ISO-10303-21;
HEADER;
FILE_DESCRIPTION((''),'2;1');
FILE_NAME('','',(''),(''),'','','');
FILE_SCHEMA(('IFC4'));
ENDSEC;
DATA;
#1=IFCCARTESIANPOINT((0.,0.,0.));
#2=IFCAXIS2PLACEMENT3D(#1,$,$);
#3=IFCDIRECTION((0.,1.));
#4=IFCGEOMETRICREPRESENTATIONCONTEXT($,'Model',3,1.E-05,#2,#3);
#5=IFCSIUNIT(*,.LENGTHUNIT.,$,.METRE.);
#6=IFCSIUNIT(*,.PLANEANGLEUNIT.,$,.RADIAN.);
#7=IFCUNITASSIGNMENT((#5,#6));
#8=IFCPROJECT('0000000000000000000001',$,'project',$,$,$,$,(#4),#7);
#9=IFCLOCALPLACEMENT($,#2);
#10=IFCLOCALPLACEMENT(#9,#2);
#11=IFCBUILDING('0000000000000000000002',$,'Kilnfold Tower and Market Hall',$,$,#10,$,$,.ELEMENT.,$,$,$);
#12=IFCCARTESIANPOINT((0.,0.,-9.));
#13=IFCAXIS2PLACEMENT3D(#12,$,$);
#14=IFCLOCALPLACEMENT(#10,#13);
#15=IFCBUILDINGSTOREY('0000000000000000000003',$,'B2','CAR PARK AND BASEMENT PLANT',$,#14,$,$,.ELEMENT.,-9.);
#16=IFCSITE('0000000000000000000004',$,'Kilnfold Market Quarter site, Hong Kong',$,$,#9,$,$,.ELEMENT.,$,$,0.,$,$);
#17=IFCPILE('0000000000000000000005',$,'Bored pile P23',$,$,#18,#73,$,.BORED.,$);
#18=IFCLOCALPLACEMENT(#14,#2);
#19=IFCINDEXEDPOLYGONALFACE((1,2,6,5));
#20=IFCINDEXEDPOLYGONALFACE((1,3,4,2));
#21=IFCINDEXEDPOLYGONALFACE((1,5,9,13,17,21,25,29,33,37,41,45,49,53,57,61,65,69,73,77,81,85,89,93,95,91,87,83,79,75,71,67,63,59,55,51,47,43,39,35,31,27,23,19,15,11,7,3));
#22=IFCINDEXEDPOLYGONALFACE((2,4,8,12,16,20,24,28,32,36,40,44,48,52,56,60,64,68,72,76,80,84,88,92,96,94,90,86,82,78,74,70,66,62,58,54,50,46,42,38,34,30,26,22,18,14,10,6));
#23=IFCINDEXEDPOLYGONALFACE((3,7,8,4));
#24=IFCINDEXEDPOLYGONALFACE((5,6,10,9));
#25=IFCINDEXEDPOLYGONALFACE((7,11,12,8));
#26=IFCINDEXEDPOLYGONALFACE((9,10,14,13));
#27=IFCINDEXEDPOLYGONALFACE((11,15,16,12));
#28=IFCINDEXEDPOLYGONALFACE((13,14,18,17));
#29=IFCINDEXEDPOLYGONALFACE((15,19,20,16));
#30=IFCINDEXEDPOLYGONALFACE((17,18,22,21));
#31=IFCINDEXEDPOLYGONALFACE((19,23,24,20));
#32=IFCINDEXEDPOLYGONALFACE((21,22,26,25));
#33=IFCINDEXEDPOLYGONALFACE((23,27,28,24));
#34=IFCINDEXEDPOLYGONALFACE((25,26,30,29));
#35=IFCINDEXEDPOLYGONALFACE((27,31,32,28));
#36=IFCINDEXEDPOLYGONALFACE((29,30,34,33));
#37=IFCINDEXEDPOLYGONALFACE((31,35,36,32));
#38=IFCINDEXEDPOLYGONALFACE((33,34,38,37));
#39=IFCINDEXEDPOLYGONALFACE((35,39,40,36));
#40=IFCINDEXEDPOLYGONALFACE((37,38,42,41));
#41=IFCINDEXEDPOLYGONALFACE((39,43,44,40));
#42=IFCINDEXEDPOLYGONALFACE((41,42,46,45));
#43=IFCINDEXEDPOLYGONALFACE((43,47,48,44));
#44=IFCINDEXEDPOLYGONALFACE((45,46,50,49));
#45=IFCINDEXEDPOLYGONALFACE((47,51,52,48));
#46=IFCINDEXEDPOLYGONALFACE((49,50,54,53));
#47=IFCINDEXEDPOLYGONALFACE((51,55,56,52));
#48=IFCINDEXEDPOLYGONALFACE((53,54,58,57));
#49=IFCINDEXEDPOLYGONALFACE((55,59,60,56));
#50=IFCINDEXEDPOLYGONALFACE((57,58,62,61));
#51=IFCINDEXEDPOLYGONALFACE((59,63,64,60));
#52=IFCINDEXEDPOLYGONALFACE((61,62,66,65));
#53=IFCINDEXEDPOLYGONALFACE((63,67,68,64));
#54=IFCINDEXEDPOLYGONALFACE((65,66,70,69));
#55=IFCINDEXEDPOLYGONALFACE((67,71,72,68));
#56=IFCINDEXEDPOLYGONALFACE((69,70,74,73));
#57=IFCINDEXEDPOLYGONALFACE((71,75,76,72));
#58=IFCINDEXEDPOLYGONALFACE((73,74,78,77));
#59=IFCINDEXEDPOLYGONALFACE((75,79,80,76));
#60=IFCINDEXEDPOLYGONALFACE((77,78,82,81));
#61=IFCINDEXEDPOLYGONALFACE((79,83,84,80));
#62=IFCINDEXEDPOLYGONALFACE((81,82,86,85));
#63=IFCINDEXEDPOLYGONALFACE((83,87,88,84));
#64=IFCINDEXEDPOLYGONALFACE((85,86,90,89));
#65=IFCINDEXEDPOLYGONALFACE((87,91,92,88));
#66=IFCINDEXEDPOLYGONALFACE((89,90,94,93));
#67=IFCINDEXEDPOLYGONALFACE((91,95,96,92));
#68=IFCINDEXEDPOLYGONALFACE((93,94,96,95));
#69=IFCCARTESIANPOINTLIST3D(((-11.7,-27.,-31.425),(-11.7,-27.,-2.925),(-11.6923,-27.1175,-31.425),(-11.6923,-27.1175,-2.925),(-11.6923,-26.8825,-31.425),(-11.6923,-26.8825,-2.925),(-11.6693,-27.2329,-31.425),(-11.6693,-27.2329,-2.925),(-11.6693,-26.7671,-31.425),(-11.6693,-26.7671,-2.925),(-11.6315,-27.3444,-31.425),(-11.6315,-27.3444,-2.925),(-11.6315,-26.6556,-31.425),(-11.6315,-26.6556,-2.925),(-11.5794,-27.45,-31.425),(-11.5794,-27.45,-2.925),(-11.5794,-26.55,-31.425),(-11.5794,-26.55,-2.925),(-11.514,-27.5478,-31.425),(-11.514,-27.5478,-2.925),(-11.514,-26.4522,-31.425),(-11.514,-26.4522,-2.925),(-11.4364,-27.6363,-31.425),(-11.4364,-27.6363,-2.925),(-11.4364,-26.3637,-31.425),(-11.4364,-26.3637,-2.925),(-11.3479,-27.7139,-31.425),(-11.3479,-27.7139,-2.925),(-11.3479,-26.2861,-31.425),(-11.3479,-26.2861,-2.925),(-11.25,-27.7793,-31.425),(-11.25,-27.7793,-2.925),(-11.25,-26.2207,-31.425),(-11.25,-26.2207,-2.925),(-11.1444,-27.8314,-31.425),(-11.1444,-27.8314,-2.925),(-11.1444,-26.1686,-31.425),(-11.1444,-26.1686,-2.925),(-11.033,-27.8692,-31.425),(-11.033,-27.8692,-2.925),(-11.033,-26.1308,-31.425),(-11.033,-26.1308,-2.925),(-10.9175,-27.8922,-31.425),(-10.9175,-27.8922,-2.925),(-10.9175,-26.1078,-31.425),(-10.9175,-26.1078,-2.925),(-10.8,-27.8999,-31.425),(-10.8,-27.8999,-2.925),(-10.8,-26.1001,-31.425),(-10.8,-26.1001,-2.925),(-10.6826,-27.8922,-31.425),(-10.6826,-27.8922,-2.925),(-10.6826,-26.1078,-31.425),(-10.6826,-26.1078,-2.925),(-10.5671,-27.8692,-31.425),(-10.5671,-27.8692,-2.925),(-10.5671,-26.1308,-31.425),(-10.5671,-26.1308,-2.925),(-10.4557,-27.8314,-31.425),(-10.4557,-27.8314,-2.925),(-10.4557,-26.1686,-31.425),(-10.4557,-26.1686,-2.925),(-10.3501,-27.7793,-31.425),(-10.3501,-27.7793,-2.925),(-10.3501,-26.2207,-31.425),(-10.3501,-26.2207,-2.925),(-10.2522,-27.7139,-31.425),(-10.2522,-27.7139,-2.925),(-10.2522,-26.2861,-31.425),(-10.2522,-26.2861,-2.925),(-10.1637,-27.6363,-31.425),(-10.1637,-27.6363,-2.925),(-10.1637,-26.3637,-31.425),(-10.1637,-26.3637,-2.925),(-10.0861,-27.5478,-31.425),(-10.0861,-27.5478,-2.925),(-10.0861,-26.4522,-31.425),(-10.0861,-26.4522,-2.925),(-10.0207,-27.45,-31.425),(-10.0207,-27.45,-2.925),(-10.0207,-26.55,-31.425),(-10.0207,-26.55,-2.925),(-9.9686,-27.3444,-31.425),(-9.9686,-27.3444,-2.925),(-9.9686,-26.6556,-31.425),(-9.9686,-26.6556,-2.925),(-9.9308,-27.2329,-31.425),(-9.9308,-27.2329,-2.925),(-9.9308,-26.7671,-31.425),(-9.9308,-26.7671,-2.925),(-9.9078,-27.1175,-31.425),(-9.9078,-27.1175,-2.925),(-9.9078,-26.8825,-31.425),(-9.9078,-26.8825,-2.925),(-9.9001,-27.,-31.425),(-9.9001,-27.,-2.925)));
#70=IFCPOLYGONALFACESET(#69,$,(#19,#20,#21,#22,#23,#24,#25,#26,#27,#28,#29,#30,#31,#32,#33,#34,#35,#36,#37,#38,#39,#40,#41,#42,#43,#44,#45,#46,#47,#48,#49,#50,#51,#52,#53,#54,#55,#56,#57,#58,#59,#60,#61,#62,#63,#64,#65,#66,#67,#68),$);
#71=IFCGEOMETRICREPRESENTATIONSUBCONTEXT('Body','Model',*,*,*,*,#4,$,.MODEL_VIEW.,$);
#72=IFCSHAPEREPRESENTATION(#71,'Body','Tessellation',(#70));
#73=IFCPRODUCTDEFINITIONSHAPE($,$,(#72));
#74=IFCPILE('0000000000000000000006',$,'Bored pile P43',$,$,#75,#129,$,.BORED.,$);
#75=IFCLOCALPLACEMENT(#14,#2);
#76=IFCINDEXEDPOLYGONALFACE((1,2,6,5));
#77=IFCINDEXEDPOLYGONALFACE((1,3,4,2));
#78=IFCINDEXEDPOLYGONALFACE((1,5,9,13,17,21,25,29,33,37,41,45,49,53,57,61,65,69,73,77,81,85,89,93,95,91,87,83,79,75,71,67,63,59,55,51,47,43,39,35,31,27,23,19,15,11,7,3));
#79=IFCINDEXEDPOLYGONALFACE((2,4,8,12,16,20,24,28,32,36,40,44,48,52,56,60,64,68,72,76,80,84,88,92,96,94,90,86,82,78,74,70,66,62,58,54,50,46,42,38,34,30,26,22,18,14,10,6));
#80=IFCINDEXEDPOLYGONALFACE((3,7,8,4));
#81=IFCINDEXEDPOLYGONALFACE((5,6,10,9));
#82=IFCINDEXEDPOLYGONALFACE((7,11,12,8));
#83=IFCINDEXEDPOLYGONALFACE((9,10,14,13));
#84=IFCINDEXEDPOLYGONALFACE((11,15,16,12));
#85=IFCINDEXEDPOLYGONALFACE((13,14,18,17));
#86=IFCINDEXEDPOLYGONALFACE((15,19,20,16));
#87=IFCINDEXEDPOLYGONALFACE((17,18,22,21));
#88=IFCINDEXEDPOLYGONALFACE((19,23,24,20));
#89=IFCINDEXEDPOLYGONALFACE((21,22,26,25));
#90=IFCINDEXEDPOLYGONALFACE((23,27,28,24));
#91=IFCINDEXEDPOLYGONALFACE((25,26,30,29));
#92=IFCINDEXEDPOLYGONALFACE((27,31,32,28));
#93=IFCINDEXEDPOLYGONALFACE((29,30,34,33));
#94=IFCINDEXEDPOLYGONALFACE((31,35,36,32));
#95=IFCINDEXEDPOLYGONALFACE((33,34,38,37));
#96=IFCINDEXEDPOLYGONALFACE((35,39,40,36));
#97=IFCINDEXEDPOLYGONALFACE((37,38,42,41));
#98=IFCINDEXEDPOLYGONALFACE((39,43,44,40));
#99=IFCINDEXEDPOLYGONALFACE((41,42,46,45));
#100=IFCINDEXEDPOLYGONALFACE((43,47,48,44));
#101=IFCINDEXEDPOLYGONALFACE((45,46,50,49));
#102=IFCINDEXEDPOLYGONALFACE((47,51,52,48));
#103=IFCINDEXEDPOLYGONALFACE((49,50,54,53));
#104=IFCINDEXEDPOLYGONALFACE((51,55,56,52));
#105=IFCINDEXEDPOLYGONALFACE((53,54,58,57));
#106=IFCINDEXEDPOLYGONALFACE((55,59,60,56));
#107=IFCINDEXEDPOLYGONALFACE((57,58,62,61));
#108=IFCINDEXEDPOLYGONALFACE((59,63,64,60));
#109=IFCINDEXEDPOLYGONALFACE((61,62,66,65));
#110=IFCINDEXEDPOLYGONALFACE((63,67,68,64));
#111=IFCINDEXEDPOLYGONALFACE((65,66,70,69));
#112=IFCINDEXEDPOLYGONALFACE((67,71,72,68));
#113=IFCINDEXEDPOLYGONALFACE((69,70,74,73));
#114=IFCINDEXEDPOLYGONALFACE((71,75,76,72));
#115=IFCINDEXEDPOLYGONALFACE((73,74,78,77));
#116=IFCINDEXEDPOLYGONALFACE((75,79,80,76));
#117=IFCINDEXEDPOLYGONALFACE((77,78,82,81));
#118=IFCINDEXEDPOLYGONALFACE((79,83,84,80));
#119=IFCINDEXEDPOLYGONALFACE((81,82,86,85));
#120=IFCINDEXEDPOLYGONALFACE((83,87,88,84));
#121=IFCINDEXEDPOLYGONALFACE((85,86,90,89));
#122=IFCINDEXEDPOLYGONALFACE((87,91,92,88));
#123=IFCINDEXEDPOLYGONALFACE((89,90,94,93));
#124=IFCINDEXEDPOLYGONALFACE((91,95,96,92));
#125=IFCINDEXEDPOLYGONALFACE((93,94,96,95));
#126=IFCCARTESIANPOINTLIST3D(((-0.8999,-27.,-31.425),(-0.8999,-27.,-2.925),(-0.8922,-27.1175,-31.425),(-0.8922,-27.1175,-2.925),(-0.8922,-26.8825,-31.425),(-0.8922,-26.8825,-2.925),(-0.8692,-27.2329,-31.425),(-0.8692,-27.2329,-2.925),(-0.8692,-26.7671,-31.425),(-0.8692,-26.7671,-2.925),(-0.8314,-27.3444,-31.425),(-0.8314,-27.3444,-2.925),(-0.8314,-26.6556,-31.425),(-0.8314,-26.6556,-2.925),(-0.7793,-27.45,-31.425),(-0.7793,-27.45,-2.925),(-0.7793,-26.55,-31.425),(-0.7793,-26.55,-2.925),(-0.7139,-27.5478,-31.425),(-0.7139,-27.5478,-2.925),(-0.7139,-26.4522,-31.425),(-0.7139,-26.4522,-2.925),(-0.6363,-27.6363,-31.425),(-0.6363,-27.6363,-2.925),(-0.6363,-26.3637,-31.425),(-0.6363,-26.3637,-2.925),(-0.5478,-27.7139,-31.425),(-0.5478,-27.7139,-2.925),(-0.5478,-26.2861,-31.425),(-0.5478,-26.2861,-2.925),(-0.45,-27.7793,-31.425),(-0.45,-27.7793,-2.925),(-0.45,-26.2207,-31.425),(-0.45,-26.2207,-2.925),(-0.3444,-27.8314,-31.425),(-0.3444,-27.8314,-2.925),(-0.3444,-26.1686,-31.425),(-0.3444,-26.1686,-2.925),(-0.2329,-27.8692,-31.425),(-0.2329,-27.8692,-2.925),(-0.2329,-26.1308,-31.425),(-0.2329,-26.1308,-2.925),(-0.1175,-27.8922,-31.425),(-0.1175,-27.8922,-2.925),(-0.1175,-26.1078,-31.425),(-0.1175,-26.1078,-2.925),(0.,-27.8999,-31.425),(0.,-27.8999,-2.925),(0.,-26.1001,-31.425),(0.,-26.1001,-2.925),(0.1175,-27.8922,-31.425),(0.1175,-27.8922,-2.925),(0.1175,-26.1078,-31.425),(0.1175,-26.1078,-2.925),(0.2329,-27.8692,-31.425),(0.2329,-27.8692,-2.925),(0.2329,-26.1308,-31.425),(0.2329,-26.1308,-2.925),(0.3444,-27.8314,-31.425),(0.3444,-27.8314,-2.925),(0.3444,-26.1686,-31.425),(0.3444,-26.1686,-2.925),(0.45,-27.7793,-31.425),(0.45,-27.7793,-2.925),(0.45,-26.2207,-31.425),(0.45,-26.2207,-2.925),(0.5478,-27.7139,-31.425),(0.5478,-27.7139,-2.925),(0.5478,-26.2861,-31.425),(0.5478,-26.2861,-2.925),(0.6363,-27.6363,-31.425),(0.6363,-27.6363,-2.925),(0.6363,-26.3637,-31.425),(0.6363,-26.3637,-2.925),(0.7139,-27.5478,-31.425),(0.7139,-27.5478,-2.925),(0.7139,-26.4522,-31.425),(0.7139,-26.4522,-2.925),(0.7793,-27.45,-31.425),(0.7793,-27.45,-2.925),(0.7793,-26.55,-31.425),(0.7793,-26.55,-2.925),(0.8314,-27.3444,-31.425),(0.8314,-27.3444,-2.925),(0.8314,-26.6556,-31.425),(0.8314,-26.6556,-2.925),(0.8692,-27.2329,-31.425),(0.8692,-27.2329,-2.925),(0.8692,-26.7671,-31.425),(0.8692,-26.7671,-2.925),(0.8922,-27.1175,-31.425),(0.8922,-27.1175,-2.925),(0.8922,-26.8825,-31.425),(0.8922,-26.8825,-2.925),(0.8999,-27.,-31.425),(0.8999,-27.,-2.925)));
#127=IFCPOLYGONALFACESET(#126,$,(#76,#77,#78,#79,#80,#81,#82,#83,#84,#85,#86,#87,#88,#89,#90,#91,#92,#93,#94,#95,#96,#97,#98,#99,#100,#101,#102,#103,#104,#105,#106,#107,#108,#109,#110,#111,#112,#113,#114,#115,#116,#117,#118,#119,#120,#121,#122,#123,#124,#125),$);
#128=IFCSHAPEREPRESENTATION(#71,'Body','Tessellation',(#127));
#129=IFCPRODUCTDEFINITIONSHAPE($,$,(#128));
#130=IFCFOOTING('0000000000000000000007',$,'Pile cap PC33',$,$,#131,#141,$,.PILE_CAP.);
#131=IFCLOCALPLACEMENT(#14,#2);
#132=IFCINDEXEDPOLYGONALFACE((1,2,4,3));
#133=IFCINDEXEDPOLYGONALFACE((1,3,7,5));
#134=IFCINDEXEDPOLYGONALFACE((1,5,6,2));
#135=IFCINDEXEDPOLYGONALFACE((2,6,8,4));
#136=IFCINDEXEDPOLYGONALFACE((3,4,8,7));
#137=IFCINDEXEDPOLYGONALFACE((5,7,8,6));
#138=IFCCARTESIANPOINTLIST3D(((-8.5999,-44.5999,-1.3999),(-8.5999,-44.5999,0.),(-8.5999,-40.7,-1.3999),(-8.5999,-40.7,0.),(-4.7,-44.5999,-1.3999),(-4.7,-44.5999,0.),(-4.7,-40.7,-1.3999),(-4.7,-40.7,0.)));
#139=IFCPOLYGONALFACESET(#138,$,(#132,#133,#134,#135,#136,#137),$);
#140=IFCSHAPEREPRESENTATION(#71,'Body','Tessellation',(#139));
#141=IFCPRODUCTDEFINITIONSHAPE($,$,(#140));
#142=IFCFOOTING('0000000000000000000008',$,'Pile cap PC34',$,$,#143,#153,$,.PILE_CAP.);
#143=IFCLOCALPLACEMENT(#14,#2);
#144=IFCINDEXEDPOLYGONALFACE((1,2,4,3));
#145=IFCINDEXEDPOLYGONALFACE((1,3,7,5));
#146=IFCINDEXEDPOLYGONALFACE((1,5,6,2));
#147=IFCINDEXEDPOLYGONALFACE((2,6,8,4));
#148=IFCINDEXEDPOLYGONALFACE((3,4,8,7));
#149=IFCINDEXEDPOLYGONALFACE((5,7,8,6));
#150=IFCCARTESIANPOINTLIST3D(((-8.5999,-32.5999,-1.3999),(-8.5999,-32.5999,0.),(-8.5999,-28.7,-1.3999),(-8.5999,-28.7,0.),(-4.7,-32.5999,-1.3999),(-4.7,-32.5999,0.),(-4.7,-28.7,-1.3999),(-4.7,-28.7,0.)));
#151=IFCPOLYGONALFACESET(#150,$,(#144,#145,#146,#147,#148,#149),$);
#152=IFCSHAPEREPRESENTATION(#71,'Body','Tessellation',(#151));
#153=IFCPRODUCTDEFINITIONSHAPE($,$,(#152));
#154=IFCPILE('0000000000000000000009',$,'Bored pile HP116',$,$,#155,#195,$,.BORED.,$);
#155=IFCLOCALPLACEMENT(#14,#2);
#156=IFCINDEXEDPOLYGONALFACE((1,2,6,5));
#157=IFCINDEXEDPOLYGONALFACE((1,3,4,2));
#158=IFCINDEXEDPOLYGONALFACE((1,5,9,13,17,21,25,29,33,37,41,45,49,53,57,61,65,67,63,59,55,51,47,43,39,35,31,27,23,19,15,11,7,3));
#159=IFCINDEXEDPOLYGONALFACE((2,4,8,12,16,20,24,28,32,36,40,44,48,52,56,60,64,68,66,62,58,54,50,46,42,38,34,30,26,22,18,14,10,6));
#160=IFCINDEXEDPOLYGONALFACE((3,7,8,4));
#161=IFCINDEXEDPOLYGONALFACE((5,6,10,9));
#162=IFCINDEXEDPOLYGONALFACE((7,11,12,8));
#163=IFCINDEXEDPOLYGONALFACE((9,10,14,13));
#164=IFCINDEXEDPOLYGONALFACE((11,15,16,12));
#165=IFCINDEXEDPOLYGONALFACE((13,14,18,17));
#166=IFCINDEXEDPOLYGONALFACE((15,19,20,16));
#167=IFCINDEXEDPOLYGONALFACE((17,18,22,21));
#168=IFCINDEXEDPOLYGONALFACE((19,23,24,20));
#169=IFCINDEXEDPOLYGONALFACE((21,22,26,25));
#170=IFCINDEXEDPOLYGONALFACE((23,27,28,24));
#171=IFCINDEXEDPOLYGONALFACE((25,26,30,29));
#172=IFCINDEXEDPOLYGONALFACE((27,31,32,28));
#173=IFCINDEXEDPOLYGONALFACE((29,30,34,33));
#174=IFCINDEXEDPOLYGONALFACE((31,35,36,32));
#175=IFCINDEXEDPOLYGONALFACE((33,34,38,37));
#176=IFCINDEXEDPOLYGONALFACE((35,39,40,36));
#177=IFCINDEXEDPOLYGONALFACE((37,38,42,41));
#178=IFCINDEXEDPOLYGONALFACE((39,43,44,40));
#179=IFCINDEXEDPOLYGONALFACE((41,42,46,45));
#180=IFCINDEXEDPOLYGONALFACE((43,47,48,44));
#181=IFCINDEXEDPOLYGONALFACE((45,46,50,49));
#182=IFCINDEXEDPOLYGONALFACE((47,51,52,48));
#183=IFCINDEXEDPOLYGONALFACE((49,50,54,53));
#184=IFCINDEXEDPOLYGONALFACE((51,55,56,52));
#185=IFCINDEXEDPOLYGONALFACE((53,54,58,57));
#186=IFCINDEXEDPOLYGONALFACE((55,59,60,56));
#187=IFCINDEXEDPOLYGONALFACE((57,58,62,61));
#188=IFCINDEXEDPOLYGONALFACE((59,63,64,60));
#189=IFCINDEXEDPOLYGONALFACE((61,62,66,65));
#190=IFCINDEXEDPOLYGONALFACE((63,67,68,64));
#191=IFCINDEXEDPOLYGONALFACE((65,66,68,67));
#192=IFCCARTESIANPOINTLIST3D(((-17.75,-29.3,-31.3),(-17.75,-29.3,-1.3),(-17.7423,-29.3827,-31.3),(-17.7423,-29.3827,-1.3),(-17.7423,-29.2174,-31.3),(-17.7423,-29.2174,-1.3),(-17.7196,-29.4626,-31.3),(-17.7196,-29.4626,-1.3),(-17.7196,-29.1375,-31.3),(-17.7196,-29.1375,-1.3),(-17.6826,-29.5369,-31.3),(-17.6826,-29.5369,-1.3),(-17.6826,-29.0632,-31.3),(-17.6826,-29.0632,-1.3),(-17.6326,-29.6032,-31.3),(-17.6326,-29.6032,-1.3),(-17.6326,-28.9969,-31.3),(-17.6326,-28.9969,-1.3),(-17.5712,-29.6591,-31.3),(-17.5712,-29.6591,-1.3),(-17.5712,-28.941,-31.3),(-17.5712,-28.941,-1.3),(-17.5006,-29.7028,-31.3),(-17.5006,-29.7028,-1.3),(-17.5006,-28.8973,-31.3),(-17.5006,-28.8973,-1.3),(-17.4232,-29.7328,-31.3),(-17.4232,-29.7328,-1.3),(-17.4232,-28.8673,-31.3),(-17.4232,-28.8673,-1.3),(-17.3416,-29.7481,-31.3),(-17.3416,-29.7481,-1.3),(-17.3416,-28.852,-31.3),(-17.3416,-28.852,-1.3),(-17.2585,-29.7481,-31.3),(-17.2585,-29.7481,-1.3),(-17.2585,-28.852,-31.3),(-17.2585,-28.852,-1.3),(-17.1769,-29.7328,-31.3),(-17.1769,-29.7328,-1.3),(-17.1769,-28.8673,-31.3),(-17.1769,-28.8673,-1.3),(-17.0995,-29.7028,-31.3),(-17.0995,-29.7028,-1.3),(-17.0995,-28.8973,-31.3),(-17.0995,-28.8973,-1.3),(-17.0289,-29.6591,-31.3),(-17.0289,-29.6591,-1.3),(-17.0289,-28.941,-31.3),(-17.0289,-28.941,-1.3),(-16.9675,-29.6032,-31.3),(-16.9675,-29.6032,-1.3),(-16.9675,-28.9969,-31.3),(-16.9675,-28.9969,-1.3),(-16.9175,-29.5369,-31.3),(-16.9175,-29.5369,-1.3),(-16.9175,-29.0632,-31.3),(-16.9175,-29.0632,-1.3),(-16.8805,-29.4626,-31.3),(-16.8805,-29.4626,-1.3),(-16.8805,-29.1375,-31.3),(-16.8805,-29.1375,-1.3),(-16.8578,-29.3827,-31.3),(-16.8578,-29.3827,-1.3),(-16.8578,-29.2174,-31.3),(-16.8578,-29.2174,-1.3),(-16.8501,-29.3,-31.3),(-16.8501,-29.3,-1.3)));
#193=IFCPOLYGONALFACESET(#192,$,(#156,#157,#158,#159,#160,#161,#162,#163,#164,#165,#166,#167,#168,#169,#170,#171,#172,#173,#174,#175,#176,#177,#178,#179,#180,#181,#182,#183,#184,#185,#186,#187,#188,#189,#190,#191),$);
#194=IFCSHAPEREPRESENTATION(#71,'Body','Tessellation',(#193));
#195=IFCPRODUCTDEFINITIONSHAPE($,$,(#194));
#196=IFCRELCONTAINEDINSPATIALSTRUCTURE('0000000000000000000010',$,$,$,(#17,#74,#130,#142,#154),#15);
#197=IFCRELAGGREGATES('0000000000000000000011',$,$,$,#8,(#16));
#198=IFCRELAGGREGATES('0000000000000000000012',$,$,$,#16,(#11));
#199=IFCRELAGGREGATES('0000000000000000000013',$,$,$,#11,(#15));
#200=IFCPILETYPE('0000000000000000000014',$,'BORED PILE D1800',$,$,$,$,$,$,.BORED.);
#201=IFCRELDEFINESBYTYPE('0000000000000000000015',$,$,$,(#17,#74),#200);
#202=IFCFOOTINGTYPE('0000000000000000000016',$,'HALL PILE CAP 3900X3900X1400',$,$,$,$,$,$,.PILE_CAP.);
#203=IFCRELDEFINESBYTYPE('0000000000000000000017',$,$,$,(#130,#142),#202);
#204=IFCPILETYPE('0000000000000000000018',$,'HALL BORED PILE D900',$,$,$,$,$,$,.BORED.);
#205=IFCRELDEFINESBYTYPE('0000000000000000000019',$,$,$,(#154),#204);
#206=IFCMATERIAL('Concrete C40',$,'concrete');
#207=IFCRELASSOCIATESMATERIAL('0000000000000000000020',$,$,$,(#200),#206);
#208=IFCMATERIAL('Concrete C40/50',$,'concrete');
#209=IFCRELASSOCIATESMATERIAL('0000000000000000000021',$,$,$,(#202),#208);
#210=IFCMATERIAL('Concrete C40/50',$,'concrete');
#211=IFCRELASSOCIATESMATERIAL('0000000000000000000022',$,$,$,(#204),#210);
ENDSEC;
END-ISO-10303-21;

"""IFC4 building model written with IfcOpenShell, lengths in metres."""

from ifc_helpers import new_model, si_unit, direction, frame, origin, origin_2d, place, context, subcontext, project, spatial, rectangle, circle, extrude, source, transform, mapped, material, material_profile, profile_set, type_object, element, save


model = new_model("IFC4")

# Units and contexts
model_context = context("Model", 3, precision=1e-05, world=origin(), true_north=direction((0.0, 1.0)))
body_context = subcontext(model_context, "Body", "Model", "MODEL_VIEW")
ifc_project = project(units=[si_unit("LENGTHUNIT", "METRE"), si_unit("PLANEANGLEUNIT", "RADIAN")], contexts=[model_context])

# Site, building, storey
site_placement = place(None, origin())
site = spatial("IfcSite", under=ifc_project, at=site_placement, Name="Kilnfold Market Quarter site, Hong Kong", CompositionType="ELEMENT", RefElevation=0.0)
building_placement = place(site_placement, origin())
building = spatial("IfcBuilding", under=site, at=building_placement, Name="Kilnfold Tower and Market Hall", CompositionType="ELEMENT")
storey_placement = place(building_placement, frame((0.0, 0.0, -9.0)))
storey = spatial("IfcBuildingStorey", under=building, at=storey_placement, Name="B2", Description="CAR PARK AND BASEMENT PLANT", CompositionType="ELEMENT", Elevation=-9.0)

# Piles
ifc_material_1 = material(Name="Concrete C40", Category="concrete")
ifc_material_profile_1 = material_profile(ifc_material_1, circle(Radius=0.8999, at=origin_2d()), Name="RC D1800")
ifc_profile_set_1 = profile_set([ifc_material_profile_1], Name="Concrete C40")
pile_type_1 = type_object("IfcPileType", Name="BORED PILE D1800", PredefinedType="BORED", material=ifc_profile_set_1)
shared_shape_1 = source(origin(), body_context, "Body", "SweptSolid", [
    extrude(circle(Radius=0.8999, at=origin_2d()), origin(), (0.0, 0.0, 1.0), 28.5),
])
for number, where, z_axis, x_axis, name in (
    (1, (-10.8, -27.0, -2.925), (0.0, 0.0, -1.0), (1.0, 0.0, 0.0), "Bored pile P23"),
    (2, (0.0, -27.0, -2.925), (0.0, 0.0, -1.0), (1.0, 0.0, 0.0), "Bored pile P43"),
):
    element("IfcPile", number, at=place(storey_placement, frame(where, z_axis=z_axis, x_axis=x_axis)), inside=storey, type_object=pile_type_1, Name=name, PredefinedType="BORED", context=body_context, shape_type="MappedRepresentation", body=[
        mapped(shared_shape_1, transform((0.0, 0.0, 0.0))),
    ])

# Footings
ifc_material_2 = material(Name="Concrete C40/50", Category="concrete")
footing_type = type_object("IfcFootingType", Name="HALL PILE CAP 3900X3900X1400", PredefinedType="PILE_CAP", material=ifc_material_2)
shared_shape_2 = source(origin(), body_context, "Body", "SweptSolid", [
    extrude(rectangle(XDim=3.8999, YDim=3.8999, at=origin_2d()), origin(), (0.0, 0.0, 1.0), 1.3999),
])
for number, where, z_axis, x_axis, name in (
    (3, (-6.6499, -42.6499, -1.3999), (0.0, 0.0, 1.0), (1.0, 0.0, 0.0), "Pile cap PC33"),
    (4, (-6.6499, -30.6499, -1.3999), (0.0, 0.0, 1.0), (1.0, 0.0, 0.0), "Pile cap PC34"),
):
    element("IfcFooting", number, at=place(storey_placement, frame(where, z_axis=z_axis, x_axis=x_axis)), inside=storey, type_object=footing_type, Name=name, PredefinedType="PILE_CAP", context=body_context, shape_type="MappedRepresentation", body=[
        mapped(shared_shape_2, transform((0.0, 0.0, 0.0))),
    ])

# Pile
ifc_material_3 = material(Name="Concrete C40/50", Category="concrete")
ifc_material_profile_2 = material_profile(ifc_material_3, circle(Radius=0.45, at=origin_2d()), Name="D900")
ifc_profile_set_2 = profile_set([ifc_material_profile_2], Name="Concrete C40/50")
pile_type_2 = type_object("IfcPileType", Name="HALL BORED PILE D900", PredefinedType="BORED", material=ifc_profile_set_2)
shared_shape_3 = source(origin(), body_context, "Body", "SweptSolid", [
    extrude(circle(Radius=0.45, at=origin_2d()), origin(), (0.0, 0.0, 1.0), 30.0),
])
for number, where, z_axis, x_axis, name in (
    (5, (-17.3, -29.3, -1.3), (0.0, 0.0, -1.0), (1.0, 0.0, 0.0), "Bored pile HP116"),
):
    element("IfcPile", number, at=place(storey_placement, frame(where, z_axis=z_axis, x_axis=x_axis)), inside=storey, type_object=pile_type_2, Name=name, PredefinedType="BORED", context=body_context, shape_type="MappedRepresentation", body=[
        mapped(shared_shape_3, transform((0.0, 0.0, 0.0))),
    ])

save(model, "model.ifc")
